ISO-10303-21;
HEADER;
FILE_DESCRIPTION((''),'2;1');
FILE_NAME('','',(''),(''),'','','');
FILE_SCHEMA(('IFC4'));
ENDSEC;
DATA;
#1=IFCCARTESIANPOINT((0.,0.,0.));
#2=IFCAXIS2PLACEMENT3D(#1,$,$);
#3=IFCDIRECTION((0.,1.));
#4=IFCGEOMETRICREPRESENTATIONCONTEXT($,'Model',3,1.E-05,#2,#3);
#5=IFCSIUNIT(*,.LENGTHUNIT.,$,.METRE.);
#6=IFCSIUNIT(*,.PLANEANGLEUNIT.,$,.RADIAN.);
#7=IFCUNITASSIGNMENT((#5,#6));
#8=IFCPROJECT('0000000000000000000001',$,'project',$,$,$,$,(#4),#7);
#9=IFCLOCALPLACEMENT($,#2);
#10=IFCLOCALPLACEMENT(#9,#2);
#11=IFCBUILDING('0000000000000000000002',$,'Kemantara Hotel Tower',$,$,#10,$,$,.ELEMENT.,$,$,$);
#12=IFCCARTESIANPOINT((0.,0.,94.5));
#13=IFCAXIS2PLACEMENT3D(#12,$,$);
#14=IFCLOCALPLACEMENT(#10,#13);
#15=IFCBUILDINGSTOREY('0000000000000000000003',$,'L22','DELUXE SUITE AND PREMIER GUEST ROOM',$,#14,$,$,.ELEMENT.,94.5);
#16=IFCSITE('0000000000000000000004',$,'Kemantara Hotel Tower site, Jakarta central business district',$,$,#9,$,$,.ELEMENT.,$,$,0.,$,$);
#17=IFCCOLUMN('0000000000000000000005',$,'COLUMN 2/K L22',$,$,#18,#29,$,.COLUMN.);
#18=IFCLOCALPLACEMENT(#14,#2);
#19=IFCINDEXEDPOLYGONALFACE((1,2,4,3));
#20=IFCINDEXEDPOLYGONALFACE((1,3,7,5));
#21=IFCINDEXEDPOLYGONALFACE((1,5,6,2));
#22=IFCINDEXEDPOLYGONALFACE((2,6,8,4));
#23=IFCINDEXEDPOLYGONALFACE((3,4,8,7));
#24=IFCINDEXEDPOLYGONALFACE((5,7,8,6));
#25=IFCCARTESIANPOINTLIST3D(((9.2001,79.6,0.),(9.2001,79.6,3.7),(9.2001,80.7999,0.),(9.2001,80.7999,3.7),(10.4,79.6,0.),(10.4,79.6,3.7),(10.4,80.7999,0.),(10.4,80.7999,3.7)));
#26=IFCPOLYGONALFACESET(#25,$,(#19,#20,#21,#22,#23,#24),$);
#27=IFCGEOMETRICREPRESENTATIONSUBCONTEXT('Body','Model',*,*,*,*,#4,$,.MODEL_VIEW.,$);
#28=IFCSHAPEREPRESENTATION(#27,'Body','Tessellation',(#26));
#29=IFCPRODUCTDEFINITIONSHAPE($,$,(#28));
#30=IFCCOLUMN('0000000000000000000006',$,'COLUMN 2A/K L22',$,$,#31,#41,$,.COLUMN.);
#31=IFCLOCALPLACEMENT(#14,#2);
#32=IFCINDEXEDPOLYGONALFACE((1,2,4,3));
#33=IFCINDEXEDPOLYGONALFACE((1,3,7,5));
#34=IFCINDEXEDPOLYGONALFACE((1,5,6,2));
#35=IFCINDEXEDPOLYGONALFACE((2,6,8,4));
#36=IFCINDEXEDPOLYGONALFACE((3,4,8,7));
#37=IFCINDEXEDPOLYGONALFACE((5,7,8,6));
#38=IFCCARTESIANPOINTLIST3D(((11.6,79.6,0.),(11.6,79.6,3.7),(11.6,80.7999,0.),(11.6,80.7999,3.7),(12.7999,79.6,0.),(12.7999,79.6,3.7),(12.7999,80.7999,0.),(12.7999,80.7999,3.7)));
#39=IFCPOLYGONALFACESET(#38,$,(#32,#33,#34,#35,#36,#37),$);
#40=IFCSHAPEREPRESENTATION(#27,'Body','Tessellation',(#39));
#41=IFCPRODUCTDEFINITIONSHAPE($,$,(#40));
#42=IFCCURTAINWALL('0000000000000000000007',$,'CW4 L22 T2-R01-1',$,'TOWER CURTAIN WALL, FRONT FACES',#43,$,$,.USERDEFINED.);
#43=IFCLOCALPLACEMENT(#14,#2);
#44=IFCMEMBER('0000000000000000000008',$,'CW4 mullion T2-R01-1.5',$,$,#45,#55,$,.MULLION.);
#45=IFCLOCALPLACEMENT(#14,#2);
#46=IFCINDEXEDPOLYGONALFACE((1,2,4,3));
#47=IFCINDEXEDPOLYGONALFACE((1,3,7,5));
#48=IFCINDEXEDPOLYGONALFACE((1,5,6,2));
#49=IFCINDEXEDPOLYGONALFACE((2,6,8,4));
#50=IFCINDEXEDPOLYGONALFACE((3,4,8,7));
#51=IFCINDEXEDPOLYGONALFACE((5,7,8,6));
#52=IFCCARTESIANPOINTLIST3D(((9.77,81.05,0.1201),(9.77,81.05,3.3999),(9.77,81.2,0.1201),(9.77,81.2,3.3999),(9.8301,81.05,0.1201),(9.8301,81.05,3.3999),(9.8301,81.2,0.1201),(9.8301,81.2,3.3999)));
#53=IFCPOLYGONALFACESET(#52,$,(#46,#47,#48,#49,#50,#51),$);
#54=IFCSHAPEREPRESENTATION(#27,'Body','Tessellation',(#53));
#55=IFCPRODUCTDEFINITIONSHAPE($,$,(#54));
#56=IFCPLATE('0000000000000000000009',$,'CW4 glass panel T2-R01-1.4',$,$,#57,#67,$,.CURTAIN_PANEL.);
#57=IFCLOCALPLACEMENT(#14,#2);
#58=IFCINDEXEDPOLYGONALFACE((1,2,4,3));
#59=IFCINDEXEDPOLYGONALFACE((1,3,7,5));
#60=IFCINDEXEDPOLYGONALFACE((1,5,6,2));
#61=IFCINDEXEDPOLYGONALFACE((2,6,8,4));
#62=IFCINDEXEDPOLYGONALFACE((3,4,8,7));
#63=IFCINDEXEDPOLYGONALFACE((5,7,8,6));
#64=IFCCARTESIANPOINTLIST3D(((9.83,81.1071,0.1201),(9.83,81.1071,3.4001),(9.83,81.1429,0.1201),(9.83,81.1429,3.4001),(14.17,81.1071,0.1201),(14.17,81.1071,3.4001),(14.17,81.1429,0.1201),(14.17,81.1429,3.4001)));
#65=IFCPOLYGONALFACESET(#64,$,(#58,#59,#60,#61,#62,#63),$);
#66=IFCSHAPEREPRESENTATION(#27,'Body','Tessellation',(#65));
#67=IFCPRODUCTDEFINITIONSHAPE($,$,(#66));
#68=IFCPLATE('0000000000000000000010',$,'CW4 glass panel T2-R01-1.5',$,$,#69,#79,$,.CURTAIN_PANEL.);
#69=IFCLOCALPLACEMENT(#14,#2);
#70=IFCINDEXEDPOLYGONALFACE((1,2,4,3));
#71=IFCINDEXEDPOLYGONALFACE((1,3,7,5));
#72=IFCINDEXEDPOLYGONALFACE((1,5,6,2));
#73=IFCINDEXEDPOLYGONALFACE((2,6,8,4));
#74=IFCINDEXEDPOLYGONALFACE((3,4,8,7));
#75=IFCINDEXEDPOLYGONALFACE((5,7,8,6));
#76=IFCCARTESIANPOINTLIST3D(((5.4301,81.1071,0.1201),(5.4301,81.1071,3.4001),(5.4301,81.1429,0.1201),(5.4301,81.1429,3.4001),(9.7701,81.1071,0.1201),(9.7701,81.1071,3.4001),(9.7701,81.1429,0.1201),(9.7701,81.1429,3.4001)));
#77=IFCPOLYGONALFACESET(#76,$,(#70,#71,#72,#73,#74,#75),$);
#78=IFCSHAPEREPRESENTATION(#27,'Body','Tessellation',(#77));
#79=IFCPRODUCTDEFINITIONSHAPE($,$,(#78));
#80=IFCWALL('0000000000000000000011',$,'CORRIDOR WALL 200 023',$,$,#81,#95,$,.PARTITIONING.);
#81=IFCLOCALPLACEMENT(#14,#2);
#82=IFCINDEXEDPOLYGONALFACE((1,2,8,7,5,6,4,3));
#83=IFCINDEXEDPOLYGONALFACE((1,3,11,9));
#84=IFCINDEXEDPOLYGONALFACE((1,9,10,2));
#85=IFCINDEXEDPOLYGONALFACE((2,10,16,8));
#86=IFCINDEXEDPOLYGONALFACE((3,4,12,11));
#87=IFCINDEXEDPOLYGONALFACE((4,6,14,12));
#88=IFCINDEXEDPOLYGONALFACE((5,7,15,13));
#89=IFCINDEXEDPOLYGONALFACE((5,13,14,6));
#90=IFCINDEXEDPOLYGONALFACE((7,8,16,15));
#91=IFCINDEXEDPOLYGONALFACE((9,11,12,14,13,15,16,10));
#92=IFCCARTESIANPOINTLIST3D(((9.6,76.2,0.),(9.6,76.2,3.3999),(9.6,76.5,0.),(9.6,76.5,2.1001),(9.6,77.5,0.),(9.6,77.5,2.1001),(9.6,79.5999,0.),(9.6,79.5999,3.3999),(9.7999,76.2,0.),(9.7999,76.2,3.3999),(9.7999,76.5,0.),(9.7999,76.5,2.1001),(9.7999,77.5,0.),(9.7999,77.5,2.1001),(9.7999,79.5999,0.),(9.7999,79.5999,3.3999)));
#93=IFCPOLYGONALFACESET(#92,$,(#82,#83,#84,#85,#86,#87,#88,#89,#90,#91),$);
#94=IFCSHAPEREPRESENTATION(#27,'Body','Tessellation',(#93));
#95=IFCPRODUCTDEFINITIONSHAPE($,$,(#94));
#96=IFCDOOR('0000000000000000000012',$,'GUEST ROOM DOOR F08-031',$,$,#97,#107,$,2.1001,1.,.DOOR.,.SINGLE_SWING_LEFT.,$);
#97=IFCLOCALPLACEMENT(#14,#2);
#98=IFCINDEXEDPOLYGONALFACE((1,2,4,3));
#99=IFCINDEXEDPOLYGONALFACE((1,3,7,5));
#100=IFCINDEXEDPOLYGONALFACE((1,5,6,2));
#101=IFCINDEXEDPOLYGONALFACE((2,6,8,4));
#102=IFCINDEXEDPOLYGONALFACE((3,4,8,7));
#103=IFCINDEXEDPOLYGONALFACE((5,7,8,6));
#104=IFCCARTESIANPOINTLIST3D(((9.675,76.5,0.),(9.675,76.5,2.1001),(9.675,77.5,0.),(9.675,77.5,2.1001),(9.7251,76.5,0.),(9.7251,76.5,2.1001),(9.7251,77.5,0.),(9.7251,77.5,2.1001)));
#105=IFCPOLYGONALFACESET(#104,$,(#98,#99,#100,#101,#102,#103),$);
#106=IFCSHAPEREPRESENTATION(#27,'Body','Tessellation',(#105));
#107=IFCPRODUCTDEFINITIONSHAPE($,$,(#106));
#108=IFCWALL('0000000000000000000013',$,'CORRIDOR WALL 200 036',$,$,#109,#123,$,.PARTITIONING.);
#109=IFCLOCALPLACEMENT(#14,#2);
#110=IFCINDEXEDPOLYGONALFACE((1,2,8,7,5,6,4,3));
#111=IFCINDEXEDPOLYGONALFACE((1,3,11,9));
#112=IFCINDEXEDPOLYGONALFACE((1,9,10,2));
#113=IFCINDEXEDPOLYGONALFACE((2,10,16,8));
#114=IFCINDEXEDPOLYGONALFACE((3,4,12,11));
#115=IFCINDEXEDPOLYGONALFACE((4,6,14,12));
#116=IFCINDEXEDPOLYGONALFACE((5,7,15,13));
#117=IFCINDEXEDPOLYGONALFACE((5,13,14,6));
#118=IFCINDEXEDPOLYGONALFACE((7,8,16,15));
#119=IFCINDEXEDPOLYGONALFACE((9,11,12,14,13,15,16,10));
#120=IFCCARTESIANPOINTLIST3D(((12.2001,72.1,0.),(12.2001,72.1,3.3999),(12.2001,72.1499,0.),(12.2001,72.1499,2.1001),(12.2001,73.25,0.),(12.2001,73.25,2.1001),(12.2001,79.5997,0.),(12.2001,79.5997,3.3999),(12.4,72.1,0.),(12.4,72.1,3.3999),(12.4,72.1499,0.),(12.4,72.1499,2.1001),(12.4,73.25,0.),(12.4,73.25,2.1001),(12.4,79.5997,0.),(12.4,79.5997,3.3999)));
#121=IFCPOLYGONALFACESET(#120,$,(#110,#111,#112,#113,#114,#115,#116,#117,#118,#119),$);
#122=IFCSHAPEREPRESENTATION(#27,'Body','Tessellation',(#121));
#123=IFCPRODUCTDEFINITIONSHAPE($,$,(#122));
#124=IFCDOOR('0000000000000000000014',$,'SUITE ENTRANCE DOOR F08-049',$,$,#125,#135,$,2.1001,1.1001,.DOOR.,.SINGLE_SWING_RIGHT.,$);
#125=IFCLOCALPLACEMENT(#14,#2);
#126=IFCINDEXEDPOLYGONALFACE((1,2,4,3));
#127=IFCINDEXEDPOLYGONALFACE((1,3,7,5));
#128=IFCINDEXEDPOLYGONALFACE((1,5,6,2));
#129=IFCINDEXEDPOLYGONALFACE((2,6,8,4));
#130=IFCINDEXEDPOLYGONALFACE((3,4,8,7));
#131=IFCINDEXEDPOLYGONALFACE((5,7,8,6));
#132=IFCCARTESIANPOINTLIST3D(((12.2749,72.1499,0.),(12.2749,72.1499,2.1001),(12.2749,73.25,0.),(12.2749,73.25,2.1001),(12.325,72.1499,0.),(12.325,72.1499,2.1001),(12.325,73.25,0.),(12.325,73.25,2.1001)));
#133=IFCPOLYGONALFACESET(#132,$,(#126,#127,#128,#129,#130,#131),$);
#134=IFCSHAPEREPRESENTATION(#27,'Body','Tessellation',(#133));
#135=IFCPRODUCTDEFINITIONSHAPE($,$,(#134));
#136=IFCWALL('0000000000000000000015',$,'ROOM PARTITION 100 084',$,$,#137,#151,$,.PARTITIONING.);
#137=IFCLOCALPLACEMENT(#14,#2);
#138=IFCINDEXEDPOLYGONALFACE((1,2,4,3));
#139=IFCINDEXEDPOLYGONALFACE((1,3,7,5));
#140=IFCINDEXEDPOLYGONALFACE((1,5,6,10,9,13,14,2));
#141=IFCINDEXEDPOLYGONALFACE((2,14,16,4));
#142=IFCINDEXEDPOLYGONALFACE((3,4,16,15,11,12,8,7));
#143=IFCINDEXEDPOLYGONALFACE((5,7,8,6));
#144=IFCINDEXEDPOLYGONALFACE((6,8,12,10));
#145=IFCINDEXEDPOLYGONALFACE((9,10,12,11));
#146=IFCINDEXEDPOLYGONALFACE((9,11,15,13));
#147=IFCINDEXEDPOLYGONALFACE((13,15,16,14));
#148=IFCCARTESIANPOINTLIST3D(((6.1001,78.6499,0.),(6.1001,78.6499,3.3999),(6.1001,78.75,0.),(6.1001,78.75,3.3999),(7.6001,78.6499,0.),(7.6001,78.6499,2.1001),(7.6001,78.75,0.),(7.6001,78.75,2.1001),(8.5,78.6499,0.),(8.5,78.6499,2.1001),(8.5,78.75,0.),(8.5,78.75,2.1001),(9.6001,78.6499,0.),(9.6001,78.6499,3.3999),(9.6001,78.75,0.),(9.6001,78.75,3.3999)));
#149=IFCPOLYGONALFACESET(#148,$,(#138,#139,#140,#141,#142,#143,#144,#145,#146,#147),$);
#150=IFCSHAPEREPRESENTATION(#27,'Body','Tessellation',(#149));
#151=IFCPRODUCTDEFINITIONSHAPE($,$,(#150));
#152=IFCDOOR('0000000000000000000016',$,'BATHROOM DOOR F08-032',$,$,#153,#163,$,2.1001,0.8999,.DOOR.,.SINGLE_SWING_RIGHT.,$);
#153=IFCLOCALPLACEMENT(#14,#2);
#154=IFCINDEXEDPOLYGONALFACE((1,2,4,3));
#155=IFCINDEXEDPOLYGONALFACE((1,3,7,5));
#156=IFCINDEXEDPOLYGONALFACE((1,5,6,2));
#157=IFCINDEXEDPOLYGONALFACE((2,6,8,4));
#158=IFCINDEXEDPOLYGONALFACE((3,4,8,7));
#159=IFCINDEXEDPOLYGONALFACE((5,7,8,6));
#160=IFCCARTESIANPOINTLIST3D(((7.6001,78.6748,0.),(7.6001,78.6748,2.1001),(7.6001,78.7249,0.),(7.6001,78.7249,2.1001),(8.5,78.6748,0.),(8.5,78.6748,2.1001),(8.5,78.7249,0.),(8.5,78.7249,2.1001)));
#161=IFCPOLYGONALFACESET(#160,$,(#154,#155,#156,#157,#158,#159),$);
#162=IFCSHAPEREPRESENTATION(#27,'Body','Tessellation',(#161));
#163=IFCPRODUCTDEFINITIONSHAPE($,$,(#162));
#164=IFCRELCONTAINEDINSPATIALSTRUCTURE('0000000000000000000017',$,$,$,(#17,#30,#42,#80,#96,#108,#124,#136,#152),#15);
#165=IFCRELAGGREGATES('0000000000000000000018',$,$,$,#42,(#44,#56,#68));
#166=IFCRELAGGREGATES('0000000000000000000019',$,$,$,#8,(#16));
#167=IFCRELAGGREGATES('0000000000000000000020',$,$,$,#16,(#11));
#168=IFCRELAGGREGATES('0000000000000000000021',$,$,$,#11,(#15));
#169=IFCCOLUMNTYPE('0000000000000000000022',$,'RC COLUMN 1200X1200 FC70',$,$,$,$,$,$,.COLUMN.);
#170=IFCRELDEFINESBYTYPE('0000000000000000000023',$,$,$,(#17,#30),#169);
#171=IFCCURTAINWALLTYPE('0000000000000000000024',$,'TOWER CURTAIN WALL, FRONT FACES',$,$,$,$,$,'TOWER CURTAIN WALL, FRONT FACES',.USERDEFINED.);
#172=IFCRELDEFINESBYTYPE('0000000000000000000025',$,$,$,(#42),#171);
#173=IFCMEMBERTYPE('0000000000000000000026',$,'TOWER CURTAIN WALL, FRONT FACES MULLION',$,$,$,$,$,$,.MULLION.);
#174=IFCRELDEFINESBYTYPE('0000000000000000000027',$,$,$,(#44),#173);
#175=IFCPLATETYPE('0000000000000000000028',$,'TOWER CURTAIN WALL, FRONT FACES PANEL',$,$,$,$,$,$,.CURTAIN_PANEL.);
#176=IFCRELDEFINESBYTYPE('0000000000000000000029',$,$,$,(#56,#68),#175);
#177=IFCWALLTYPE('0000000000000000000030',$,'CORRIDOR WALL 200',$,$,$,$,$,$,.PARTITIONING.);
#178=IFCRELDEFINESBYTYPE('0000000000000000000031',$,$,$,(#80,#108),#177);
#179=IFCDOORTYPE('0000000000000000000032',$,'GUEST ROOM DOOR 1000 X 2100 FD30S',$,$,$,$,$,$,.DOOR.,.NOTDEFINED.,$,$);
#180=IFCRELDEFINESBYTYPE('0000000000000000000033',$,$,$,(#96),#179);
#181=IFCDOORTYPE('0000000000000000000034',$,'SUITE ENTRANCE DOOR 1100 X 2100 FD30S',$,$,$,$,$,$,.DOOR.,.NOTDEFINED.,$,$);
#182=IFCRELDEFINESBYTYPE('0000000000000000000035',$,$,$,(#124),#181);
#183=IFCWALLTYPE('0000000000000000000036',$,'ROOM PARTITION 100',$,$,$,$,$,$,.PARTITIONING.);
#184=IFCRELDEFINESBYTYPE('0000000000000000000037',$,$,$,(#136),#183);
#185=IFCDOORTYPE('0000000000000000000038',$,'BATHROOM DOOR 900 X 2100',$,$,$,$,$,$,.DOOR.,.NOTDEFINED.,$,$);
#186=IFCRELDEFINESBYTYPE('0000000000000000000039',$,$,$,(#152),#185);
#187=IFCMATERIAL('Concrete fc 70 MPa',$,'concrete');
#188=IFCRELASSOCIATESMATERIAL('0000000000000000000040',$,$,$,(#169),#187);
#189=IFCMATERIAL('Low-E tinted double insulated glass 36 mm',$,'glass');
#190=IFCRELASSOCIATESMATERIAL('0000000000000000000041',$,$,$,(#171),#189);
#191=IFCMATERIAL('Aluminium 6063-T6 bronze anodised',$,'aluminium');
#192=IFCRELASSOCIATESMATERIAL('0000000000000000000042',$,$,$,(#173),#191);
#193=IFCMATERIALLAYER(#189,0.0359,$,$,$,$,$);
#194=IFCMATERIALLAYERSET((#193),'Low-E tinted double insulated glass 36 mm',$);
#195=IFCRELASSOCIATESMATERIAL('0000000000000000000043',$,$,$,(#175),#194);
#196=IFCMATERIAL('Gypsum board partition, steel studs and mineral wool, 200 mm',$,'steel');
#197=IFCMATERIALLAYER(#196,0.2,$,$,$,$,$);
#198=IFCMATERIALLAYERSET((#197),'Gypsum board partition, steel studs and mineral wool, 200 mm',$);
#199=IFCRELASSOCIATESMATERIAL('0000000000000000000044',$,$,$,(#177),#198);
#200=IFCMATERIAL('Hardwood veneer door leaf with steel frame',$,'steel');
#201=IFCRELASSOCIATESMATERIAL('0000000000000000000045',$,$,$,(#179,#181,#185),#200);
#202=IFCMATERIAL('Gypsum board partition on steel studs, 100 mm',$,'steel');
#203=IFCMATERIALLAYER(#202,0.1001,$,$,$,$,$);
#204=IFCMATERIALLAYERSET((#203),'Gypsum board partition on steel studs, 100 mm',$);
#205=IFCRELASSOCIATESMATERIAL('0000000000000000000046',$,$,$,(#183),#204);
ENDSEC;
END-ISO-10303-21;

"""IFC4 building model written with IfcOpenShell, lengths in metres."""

from ifc_helpers import new_model, si_unit, direction, frame, frame_2d, origin, origin_2d, place, context, subcontext, project, spatial, rectangle, extrude, source, transform, mapped, material, layer, layer_set, material_profile, profile_set, type_object, element, fill, aggregate, save


model = new_model("IFC4")

# Units and contexts
model_context = context("Model", 3, precision=1e-05, world=origin(), true_north=direction((0.0, 1.0)))
body_context = subcontext(model_context, "Body", "Model", "MODEL_VIEW")
ifc_project = project(units=[si_unit("LENGTHUNIT", "METRE"), si_unit("PLANEANGLEUNIT", "RADIAN")], contexts=[model_context])

# Site, building, storey
site_placement = place(None, origin())
site = spatial("IfcSite", under=ifc_project, at=site_placement, Name="Kemantara Hotel Tower site, Jakarta central business district", CompositionType="ELEMENT", RefElevation=0.0)
building_placement = place(site_placement, origin())
building = spatial("IfcBuilding", under=site, at=building_placement, Name="Kemantara Hotel Tower", CompositionType="ELEMENT")
storey_placement = place(building_placement, frame((0.0, 0.0, 94.5)))
storey = spatial("IfcBuildingStorey", under=building, at=storey_placement, Name="L22", Description="DELUXE SUITE AND PREMIER GUEST ROOM", CompositionType="ELEMENT", Elevation=94.5)

# Columns
ifc_material_1 = material(Name="Concrete fc 70 MPa", Category="concrete")
ifc_material_profile_1 = material_profile(ifc_material_1, rectangle(XDim=1.2, YDim=1.2, at=origin_2d()), Name="RC 1200X1200")
ifc_profile_set_1 = profile_set([ifc_material_profile_1], Name="Concrete fc 70 MPa")
column_type = type_object("IfcColumnType", Name="RC COLUMN 1200X1200 FC70", PredefinedType="COLUMN", material=ifc_profile_set_1)
for number, where, z_axis, x_axis, name in (
    (1, (9.8, 80.2, 0.0), (0.0, 0.0, 1.0), (1.0, 0.0, 0.0), "COLUMN 2/K L22"),
    (2, (12.2, 80.2, 0.0), (0.0, 0.0, 1.0), (1.0, 0.0, 0.0), "COLUMN 2A/K L22"),
):
    element("IfcColumn", number, at=place(storey_placement, frame(where, z_axis=z_axis, x_axis=x_axis)), inside=storey, type_object=column_type, Name=name, PredefinedType="COLUMN", context=body_context, shape_type="SweptSolid", body=[
        extrude(rectangle(XDim=1.2, YDim=1.2, at=origin_2d()), origin(), (0.0, 0.0, 1.0), 3.7),
    ])

# Curtain wall, member, plates
ifc_material_2 = material(Name="Low-E tinted double insulated glass 36 mm", Category="glass")
curtain_wall_type = type_object("IfcCurtainWallType", Name="TOWER CURTAIN WALL, FRONT FACES", ElementType="TOWER CURTAIN WALL, FRONT FACES", PredefinedType="USERDEFINED", material=ifc_material_2)
curtain_wall_placement = place(storey_placement, origin())
curtain_wall = element("IfcCurtainWall", 3, at=curtain_wall_placement, inside=storey, type_object=curtain_wall_type, Name="CW4 L22 T2-R01-1", ObjectType="TOWER CURTAIN WALL, FRONT FACES", PredefinedType="USERDEFINED")
ifc_material_3 = material(Name="Aluminium 6063-T6 bronze anodised", Category="aluminium")
ifc_material_profile_2 = material_profile(ifc_material_3, rectangle(XDim=0.1499, YDim=0.0601, at=origin_2d()), Name="TOWER CURTAIN WALL, FRONT FACES MULLION")
ifc_profile_set_2 = profile_set([ifc_material_profile_2], Name="Aluminium 6063-T6 bronze anodised")
member_type = type_object("IfcMemberType", Name="TOWER CURTAIN WALL, FRONT FACES MULLION", PredefinedType="MULLION", material=ifc_profile_set_2)
shared_shape_1 = source(origin(), body_context, "Body", "SweptSolid", [
    extrude(rectangle(XDim=0.1499, YDim=0.0601, at=origin_2d()), origin(), (0.0, 0.0, 1.0), 3.2798),
])
member_placement = place(storey_placement, frame((9.8, 81.125, 0.1201), z_axis=(0.0, 0.0, 1.0), x_axis=(0.0, -1.0, 0.0)))
member = element("IfcMember", 4, at=member_placement, type_object=member_type, Name="CW4 mullion T2-R01-1.5", PredefinedType="MULLION", context=body_context, shape_type="MappedRepresentation", body=[
    mapped(shared_shape_1, transform((0.0, 0.0, 0.0))),
])
ifc_layer_1 = layer(ifc_material_2, 0.0359)
ifc_layer_set_1 = layer_set([ifc_layer_1], Name="Low-E tinted double insulated glass 36 mm")
plate_type = type_object("IfcPlateType", Name="TOWER CURTAIN WALL, FRONT FACES PANEL", PredefinedType="CURTAIN_PANEL", material=ifc_layer_set_1)
shared_shape_2 = source(origin(), body_context, "Body", "SweptSolid", [
    extrude(rectangle(XDim=4.3401, YDim=0.0359, at=origin_2d()), origin(), (0.0, 0.0, 1.0), 3.28),
])
plate_1_placement = place(storey_placement, frame((12.0, 81.125, 0.1201), z_axis=(0.0, 0.0, 1.0), x_axis=(-1.0, 0.0, 0.0)))
plate_1 = element("IfcPlate", 5, at=plate_1_placement, type_object=plate_type, Name="CW4 glass panel T2-R01-1.4", PredefinedType="CURTAIN_PANEL", context=body_context, shape_type="MappedRepresentation", body=[
    mapped(shared_shape_2, transform((0.0, 0.0, 0.0))),
])
plate_2_placement = place(storey_placement, frame((7.6001, 81.125, 0.1201), z_axis=(0.0, 0.0, 1.0), x_axis=(-1.0, 0.0, 0.0)))
plate_2 = element("IfcPlate", 6, at=plate_2_placement, type_object=plate_type, Name="CW4 glass panel T2-R01-1.5", PredefinedType="CURTAIN_PANEL", context=body_context, shape_type="MappedRepresentation", body=[
    mapped(shared_shape_2, transform((0.0, 0.0, 0.0))),
])
aggregate(curtain_wall, [member, plate_1, plate_2])

# Walls, openings, doors
ifc_material_4 = material(Name="Gypsum board partition, steel studs and mineral wool, 200 mm", Category="steel")
ifc_layer_2 = layer(ifc_material_4, 0.2)
ifc_layer_set_2 = layer_set([ifc_layer_2], Name="Gypsum board partition, steel studs and mineral wool, 200 mm")
wall_type_1 = type_object("IfcWallType", Name="CORRIDOR WALL 200", PredefinedType="PARTITIONING", material=ifc_layer_set_2)
wall_1_placement = place(storey_placement, frame((9.7, 76.2, 0.0), z_axis=(0.0, 0.0, 1.0), x_axis=(0.0, 1.0, 0.0)))
wall_1 = element("IfcWall", 7, at=wall_1_placement, inside=storey, type_object=wall_type_1, Name="CORRIDOR WALL 200 023", PredefinedType="PARTITIONING", context=body_context, shape_type="SweptSolid", body=[
    extrude(rectangle(XDim=3.3999, YDim=0.2, at=frame_2d((1.7, 0.0))), origin(), (0.0, 0.0, 1.0), 3.3999),
])
opening_1_placement = place(wall_1_placement, frame((0.3, 0.0, 0.0)))
opening_1 = element("IfcOpeningElement", 8, at=opening_1_placement, cuts=wall_1, PredefinedType="OPENING", context=body_context, shape_type="SweptSolid", body=[
    extrude(rectangle(XDim=1.0, YDim=2.1001, at=frame_2d((0.5, 1.05))), frame((0.0, 0.1099, 0.0), z_axis=(0.0, -1.0, 0.0), x_axis=(1.0, 0.0, 0.0)), (0.0, 0.0, 1.0), 0.22),
])
ifc_material_5 = material(Name="Hardwood veneer door leaf with steel frame", Category="steel")
door_type_1 = type_object("IfcDoorType", Name="GUEST ROOM DOOR 1000 X 2100 FD30S", OperationType="NOTDEFINED", PredefinedType="DOOR", material=ifc_material_5)
door_1_placement = place(opening_1_placement, origin())
door_1 = element("IfcDoor", 9, at=door_1_placement, inside=storey, type_object=door_type_1, Name="GUEST ROOM DOOR F08-031", OperationType="SINGLE_SWING_LEFT", OverallHeight=2.1001, OverallWidth=1.0, PredefinedType="DOOR", context=body_context, shape_type="SweptSolid", body=[
    extrude(rectangle(XDim=1.0, YDim=2.1001, at=frame_2d((0.5, 1.05))), frame((0.0, 0.0249, 0.0), z_axis=(0.0, -1.0, 0.0), x_axis=(1.0, 0.0, 0.0)), (0.0, 0.0, 1.0), 0.05),
])
fill(opening_1, door_1)
wall_2_placement = place(storey_placement, frame((12.3, 79.5999, 0.0), z_axis=(0.0, 0.0, 1.0), x_axis=(0.0, -1.0, 0.0)))
wall_2 = element("IfcWall", 10, at=wall_2_placement, inside=storey, type_object=wall_type_1, Name="CORRIDOR WALL 200 036", PredefinedType="PARTITIONING", context=body_context, shape_type="SweptSolid", body=[
    extrude(rectangle(XDim=7.4998, YDim=0.2, at=frame_2d((3.75, 0.0))), origin(), (0.0, 0.0, 1.0), 3.3999),
])
opening_2_placement = place(wall_2_placement, frame((6.3499, 0.0, 0.0)))
opening_2 = element("IfcOpeningElement", 11, at=opening_2_placement, cuts=wall_2, PredefinedType="OPENING", context=body_context, shape_type="SweptSolid", body=[
    extrude(rectangle(XDim=1.1001, YDim=2.1001, at=frame_2d((0.55, 1.05))), frame((0.0, 0.1099, 0.0), z_axis=(0.0, -1.0, 0.0), x_axis=(1.0, 0.0, 0.0)), (0.0, 0.0, 1.0), 0.22),
])
door_type_2 = type_object("IfcDoorType", Name="SUITE ENTRANCE DOOR 1100 X 2100 FD30S", OperationType="NOTDEFINED", PredefinedType="DOOR", material=ifc_material_5)
door_2_placement = place(opening_2_placement, origin())
door_2 = element("IfcDoor", 12, at=door_2_placement, inside=storey, type_object=door_type_2, Name="SUITE ENTRANCE DOOR F08-049", OperationType="SINGLE_SWING_RIGHT", OverallHeight=2.1001, OverallWidth=1.1001, PredefinedType="DOOR", context=body_context, shape_type="SweptSolid", body=[
    extrude(rectangle(XDim=1.1001, YDim=2.1001, at=frame_2d((0.55, 1.05))), frame((0.0, 0.0249, 0.0), z_axis=(0.0, -1.0, 0.0), x_axis=(1.0, 0.0, 0.0)), (0.0, 0.0, 1.0), 0.05),
])
fill(opening_2, door_2)
ifc_material_6 = material(Name="Gypsum board partition on steel studs, 100 mm", Category="steel")
ifc_layer_3 = layer(ifc_material_6, 0.1001)
ifc_layer_set_3 = layer_set([ifc_layer_3], Name="Gypsum board partition on steel studs, 100 mm")
wall_type_2 = type_object("IfcWallType", Name="ROOM PARTITION 100", PredefinedType="PARTITIONING", material=ifc_layer_set_3)
wall_3_placement = place(storey_placement, frame((6.1001, 78.7, 0.0), z_axis=(0.0, 0.0, 1.0), x_axis=(1.0, 0.0, 0.0)))
wall_3 = element("IfcWall", 13, at=wall_3_placement, inside=storey, type_object=wall_type_2, Name="ROOM PARTITION 100 084", PredefinedType="PARTITIONING", context=body_context, shape_type="SweptSolid", body=[
    extrude(rectangle(XDim=3.5, YDim=0.1001, at=frame_2d((1.75, 0.0))), origin(), (0.0, 0.0, 1.0), 3.3999),
])
opening_3_placement = place(wall_3_placement, frame((1.5, 0.0, 0.0)))
opening_3 = element("IfcOpeningElement", 14, at=opening_3_placement, cuts=wall_3, PredefinedType="OPENING", context=body_context, shape_type="SweptSolid", body=[
    extrude(rectangle(XDim=0.8999, YDim=2.1001, at=frame_2d((0.45, 1.05))), frame((0.0, 0.0601, 0.0), z_axis=(0.0, -1.0, 0.0), x_axis=(1.0, 0.0, 0.0)), (0.0, 0.0, 1.0), 0.1201),
])
door_type_3 = type_object("IfcDoorType", Name="BATHROOM DOOR 900 X 2100", OperationType="NOTDEFINED", PredefinedType="DOOR", material=ifc_material_5)
door_3_placement = place(opening_3_placement, origin())
door_3 = element("IfcDoor", 15, at=door_3_placement, inside=storey, type_object=door_type_3, Name="BATHROOM DOOR F08-032", OperationType="SINGLE_SWING_RIGHT", OverallHeight=2.1001, OverallWidth=0.8999, PredefinedType="DOOR", context=body_context, shape_type="SweptSolid", body=[
    extrude(rectangle(XDim=0.8999, YDim=2.1001, at=frame_2d((0.45, 1.05))), frame((0.0, 0.0249, 0.0), z_axis=(0.0, -1.0, 0.0), x_axis=(1.0, 0.0, 0.0)), (0.0, 0.0, 1.0), 0.05),
])
fill(opening_3, door_3)

save(model, "model.ifc")
